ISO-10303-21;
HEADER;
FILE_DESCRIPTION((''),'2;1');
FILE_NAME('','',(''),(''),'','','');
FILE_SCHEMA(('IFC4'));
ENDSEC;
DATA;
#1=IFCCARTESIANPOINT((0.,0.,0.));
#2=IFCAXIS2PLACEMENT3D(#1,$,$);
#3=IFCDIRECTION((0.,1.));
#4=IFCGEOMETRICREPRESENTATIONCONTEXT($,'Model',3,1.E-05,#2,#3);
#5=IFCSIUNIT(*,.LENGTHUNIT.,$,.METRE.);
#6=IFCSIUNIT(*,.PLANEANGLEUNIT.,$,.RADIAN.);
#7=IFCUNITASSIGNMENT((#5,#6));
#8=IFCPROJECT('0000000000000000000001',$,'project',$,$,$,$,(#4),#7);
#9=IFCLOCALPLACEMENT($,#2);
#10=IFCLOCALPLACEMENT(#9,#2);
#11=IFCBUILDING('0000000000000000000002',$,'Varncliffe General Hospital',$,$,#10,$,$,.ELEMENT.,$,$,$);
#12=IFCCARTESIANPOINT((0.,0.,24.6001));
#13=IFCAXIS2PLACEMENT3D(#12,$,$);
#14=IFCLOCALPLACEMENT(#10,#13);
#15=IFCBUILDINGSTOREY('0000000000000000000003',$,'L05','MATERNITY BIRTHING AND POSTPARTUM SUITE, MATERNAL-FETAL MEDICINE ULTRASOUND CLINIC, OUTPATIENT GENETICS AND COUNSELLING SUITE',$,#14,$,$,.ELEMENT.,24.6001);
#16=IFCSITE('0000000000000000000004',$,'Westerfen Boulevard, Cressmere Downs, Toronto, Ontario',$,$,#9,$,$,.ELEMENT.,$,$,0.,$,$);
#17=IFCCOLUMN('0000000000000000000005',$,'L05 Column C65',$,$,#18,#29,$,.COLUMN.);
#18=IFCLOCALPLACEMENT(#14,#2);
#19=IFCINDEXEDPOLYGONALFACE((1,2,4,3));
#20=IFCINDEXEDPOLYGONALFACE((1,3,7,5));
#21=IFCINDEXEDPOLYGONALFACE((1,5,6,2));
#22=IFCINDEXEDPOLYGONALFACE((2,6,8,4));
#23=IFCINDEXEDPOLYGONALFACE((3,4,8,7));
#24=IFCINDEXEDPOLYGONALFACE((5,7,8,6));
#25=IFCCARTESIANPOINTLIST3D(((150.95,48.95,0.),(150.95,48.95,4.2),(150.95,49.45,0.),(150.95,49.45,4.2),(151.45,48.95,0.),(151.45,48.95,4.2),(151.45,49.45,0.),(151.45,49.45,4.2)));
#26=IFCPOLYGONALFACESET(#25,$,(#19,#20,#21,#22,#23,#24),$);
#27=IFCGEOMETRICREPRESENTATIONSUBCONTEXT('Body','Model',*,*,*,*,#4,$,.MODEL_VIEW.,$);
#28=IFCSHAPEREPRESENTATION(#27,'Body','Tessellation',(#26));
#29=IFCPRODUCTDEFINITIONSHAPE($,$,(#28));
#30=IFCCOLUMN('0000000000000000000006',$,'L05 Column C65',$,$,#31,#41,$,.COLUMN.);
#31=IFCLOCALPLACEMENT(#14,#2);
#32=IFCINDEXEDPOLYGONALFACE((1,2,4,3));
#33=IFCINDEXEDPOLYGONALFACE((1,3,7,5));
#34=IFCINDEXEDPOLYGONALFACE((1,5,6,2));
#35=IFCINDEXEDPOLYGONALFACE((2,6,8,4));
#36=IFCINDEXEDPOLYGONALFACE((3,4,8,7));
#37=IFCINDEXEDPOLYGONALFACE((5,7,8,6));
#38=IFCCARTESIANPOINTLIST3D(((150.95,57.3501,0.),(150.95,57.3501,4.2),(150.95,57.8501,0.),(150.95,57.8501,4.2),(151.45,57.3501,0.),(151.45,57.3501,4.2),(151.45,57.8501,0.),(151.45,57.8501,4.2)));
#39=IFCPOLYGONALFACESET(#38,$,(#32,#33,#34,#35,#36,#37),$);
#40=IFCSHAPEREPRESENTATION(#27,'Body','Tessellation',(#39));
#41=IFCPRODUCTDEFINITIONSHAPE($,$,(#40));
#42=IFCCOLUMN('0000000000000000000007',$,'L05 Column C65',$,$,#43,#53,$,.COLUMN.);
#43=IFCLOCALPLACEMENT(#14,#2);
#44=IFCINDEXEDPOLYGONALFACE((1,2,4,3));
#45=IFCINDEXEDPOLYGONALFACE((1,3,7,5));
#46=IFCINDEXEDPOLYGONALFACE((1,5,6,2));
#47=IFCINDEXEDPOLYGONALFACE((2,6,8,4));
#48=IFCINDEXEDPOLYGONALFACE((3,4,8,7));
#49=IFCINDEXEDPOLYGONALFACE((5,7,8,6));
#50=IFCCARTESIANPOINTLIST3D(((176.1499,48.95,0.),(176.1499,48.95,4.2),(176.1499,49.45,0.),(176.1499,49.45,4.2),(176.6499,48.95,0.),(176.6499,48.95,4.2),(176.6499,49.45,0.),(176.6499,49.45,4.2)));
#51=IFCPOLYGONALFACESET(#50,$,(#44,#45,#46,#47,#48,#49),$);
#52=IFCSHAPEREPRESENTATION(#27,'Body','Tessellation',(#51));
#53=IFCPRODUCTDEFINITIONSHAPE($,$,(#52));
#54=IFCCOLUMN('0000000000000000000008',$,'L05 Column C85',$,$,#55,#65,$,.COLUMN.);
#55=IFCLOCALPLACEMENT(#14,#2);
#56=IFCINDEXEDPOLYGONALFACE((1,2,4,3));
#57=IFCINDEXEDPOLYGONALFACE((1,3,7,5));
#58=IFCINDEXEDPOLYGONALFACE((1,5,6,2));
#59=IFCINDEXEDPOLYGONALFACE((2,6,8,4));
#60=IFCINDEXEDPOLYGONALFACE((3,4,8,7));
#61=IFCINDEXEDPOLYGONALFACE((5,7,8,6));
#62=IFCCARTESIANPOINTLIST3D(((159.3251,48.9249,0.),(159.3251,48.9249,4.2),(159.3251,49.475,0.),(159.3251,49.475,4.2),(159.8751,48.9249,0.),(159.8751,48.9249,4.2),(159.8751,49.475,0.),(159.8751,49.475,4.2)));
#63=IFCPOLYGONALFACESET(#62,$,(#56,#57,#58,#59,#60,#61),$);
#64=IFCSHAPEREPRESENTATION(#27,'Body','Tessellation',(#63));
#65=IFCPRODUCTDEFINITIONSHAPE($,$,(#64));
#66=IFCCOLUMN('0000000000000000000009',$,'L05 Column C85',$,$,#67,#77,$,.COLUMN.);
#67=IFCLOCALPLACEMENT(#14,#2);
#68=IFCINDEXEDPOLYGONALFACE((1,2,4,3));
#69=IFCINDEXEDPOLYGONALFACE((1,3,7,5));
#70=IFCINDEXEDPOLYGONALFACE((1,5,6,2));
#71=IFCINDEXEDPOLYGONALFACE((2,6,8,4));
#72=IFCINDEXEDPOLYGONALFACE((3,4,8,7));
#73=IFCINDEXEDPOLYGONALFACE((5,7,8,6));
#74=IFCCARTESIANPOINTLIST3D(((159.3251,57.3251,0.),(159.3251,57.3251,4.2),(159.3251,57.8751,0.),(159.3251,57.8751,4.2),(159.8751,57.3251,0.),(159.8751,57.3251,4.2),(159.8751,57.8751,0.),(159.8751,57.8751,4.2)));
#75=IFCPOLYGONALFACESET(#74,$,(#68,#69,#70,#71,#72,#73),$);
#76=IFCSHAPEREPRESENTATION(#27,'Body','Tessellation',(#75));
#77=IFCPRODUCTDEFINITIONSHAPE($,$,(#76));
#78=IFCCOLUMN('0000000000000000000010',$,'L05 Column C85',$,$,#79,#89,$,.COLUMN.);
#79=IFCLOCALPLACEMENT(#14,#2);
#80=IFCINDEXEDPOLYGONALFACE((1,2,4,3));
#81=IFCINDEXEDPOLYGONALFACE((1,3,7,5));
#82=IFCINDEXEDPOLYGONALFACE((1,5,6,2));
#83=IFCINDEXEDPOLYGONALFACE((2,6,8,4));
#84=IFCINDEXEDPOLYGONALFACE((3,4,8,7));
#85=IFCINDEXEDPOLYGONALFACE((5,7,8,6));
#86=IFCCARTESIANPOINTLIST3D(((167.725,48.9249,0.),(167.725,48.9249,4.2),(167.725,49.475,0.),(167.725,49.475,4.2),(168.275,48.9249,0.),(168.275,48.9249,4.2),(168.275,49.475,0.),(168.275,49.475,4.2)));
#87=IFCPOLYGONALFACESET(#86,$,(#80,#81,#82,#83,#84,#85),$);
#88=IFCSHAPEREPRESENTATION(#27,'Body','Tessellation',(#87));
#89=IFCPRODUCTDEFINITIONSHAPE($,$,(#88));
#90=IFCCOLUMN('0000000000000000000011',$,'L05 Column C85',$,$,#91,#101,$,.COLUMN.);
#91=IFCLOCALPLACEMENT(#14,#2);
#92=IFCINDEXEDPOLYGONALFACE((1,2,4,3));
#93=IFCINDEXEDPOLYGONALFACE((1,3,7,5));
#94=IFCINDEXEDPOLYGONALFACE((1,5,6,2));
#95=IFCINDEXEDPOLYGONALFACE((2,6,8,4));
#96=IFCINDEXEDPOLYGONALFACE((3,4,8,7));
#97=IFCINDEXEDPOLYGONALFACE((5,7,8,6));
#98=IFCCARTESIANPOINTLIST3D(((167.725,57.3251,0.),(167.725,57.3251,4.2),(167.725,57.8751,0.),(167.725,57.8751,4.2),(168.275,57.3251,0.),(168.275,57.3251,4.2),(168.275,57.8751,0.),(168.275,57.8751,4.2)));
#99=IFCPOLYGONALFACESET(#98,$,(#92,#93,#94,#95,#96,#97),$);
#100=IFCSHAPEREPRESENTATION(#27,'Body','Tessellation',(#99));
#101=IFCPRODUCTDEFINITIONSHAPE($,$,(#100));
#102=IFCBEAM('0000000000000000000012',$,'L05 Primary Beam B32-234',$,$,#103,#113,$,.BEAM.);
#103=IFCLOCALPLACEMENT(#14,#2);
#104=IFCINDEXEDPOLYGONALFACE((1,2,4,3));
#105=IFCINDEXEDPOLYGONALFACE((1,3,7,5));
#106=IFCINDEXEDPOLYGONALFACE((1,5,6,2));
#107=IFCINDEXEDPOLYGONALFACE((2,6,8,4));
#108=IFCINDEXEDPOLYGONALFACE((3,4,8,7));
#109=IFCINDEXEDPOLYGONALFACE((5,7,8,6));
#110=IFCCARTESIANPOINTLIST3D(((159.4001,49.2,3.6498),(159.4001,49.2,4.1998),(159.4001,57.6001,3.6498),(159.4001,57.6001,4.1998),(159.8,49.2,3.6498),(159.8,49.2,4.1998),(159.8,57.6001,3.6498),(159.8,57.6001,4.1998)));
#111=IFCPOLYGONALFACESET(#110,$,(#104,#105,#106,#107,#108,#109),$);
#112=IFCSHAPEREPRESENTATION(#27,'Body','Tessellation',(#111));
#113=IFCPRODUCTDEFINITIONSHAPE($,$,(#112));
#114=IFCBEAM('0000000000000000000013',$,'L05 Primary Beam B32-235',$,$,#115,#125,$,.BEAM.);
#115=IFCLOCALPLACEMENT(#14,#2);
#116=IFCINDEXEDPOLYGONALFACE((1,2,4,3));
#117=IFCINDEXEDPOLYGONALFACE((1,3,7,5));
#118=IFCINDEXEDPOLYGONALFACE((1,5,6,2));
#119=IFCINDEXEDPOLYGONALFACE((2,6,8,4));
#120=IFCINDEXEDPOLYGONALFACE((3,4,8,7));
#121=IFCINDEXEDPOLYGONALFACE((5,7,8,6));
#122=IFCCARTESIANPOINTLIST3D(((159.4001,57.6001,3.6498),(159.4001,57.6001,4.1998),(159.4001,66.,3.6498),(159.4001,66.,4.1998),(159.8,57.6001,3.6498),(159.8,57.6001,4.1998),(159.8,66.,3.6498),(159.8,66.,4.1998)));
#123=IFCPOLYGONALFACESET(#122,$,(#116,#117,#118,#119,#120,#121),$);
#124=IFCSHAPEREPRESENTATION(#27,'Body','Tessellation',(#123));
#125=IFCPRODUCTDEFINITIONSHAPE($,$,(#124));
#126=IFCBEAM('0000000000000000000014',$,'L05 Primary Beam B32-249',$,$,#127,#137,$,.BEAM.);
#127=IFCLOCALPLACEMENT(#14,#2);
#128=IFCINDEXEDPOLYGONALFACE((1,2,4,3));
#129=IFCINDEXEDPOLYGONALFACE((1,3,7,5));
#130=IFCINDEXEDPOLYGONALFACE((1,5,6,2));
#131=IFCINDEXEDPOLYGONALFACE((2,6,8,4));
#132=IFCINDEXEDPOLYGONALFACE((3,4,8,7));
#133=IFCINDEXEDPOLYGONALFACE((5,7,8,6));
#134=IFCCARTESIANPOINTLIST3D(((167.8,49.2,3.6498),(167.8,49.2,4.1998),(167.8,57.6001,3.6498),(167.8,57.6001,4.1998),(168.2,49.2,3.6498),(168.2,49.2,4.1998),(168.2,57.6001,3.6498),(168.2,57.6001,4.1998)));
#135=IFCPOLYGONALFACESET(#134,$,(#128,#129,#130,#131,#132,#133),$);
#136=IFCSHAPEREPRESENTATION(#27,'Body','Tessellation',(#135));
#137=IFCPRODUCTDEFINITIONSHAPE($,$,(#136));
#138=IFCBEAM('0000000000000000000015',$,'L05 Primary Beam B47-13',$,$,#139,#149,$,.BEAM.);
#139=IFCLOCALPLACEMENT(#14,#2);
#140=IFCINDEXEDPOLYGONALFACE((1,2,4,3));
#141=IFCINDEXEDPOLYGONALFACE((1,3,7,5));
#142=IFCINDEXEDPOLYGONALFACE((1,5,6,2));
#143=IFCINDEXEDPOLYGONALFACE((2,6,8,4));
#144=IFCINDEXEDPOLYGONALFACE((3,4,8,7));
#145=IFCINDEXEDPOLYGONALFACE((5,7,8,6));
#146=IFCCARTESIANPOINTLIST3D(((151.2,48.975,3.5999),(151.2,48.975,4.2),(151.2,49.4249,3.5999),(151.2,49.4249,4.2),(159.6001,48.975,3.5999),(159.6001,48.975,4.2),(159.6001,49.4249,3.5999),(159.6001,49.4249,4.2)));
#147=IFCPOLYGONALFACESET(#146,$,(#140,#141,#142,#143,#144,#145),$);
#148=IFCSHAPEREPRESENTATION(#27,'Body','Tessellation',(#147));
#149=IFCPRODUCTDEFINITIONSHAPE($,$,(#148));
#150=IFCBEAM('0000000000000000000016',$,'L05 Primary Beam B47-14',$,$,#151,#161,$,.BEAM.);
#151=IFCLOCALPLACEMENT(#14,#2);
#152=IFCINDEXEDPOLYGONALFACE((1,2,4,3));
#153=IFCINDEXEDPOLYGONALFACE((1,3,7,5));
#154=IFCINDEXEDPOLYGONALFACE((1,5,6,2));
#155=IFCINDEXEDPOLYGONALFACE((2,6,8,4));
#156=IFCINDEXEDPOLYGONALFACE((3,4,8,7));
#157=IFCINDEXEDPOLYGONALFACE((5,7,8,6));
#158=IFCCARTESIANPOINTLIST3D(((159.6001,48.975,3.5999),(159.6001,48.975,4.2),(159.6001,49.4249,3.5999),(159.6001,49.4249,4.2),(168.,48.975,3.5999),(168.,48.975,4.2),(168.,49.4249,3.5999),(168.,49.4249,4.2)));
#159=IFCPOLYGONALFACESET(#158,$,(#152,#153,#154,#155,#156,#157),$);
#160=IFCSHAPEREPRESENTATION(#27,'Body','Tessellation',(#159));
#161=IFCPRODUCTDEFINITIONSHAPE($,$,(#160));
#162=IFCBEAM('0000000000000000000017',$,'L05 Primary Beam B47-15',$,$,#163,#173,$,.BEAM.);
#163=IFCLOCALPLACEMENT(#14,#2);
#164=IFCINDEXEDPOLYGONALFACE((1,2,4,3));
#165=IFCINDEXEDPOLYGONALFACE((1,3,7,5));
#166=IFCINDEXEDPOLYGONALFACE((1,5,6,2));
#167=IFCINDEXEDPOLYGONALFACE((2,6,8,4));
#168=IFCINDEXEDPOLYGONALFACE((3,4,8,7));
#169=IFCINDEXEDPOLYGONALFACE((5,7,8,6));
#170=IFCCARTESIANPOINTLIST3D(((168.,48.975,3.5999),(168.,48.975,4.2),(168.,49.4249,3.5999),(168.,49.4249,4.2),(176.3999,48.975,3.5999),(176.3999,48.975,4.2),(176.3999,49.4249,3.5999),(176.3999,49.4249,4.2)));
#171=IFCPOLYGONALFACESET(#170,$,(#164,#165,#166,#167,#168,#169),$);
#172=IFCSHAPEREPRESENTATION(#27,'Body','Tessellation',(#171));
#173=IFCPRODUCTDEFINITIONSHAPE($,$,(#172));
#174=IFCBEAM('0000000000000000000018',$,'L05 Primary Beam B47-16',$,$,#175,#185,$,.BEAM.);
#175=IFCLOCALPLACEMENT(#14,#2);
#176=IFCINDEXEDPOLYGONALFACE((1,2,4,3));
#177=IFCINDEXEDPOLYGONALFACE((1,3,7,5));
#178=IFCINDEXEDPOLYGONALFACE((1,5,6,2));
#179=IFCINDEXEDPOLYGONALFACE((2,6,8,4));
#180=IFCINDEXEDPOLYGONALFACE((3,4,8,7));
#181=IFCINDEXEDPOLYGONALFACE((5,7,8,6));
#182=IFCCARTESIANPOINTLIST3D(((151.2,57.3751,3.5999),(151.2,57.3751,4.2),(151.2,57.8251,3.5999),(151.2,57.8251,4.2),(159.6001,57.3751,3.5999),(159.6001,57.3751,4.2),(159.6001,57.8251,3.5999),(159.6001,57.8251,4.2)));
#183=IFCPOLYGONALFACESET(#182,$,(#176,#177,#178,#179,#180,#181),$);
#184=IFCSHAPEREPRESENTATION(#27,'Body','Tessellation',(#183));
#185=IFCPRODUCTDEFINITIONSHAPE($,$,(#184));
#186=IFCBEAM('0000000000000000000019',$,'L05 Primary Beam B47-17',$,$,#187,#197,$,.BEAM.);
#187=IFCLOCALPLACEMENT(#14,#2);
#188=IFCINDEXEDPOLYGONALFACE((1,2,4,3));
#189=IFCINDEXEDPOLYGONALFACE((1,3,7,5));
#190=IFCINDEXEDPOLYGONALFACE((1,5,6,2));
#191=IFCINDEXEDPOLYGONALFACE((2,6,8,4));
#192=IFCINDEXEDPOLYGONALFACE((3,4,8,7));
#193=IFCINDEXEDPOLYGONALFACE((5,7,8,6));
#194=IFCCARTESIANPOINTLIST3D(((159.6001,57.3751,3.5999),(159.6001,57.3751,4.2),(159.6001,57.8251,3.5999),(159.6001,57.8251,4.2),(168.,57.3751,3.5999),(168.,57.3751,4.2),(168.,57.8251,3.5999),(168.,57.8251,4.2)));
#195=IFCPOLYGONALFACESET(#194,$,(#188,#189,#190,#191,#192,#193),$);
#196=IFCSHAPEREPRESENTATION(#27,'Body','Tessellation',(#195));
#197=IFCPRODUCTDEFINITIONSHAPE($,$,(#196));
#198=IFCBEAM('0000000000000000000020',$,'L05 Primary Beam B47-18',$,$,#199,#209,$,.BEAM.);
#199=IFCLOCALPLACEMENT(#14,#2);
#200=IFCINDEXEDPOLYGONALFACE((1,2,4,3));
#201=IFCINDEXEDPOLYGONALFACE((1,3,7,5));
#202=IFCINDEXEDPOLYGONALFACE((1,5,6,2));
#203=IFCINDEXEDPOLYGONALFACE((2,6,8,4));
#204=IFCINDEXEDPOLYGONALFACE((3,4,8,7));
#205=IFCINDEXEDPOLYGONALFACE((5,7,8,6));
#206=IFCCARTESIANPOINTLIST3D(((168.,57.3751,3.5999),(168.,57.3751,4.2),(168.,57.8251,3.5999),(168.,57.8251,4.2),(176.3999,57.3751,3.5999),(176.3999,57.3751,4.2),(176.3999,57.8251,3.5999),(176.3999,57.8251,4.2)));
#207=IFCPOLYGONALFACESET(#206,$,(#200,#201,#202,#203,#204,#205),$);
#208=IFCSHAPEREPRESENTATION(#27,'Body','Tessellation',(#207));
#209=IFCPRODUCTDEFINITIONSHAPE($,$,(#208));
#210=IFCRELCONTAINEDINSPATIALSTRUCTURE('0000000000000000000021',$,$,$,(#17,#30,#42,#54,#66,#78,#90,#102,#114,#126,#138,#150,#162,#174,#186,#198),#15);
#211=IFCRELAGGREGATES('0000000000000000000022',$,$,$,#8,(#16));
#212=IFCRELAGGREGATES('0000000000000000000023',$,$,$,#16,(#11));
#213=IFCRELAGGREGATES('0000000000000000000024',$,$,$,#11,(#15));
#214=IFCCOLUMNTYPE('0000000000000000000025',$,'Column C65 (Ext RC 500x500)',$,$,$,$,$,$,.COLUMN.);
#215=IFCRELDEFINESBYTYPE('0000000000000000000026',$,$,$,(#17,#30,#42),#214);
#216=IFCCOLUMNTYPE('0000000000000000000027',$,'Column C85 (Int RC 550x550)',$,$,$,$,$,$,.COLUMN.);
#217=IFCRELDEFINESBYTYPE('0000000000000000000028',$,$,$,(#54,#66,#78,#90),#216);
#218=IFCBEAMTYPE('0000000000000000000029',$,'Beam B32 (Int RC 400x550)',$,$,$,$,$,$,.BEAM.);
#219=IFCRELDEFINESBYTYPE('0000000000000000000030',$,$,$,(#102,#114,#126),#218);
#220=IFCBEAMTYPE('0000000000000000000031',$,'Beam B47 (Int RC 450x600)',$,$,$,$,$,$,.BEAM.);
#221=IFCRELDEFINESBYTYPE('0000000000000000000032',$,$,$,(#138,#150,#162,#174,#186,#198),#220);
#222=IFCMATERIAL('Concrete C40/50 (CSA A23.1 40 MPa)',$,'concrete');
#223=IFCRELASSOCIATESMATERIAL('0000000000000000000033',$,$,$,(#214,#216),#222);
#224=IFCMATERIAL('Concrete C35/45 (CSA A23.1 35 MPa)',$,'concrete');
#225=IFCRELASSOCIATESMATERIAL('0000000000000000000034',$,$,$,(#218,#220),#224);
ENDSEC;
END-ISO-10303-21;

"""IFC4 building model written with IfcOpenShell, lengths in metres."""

from ifc_helpers import new_model, si_unit, direction, frame, origin, origin_2d, place, context, subcontext, project, spatial, rectangle, extrude, material, material_profile, profile_set, type_object, element, save


model = new_model("IFC4")

# Units and contexts
model_context = context("Model", 3, precision=1e-05, world=origin(), true_north=direction((0.0, 1.0)))
body_context = subcontext(model_context, "Body", "Model", "MODEL_VIEW")
ifc_project = project(units=[si_unit("LENGTHUNIT", "METRE"), si_unit("PLANEANGLEUNIT", "RADIAN")], contexts=[model_context])

# Site, building, storey
site_placement = place(None, origin())
site = spatial("IfcSite", under=ifc_project, at=site_placement, Name="Westerfen Boulevard, Cressmere Downs, Toronto, Ontario", CompositionType="ELEMENT", RefElevation=0.0)
building_placement = place(site_placement, origin())
building = spatial("IfcBuilding", under=site, at=building_placement, Name="Varncliffe General Hospital", CompositionType="ELEMENT")
storey_placement = place(building_placement, frame((0.0, 0.0, 24.6001)))
storey = spatial("IfcBuildingStorey", under=building, at=storey_placement, Name="L05", Description="MATERNITY BIRTHING AND POSTPARTUM SUITE, MATERNAL-FETAL MEDICINE ULTRASOUND CLINIC, OUTPATIENT GENETICS AND COUNSELLING SUITE", CompositionType="ELEMENT", Elevation=24.6001)

# Columns
ifc_material_1 = material(Name="Concrete C40/50 (CSA A23.1 40 MPa)", Category="concrete")
ifc_material_profile_1 = material_profile(ifc_material_1, rectangle(XDim=0.5, YDim=0.5, at=origin_2d()), Name="RC 500x500")
ifc_profile_set_1 = profile_set([ifc_material_profile_1], Name="Concrete C40/50 (CSA A23.1 40 MPa)")
column_type_1 = type_object("IfcColumnType", Name="Column C65 (Ext RC 500x500)", PredefinedType="COLUMN", material=ifc_profile_set_1)
for number, where, z_axis, x_axis, name in (
    (1, (151.2, 49.2, 0.0), (0.0, 0.0, 1.0), (1.0, 0.0, 0.0), "L05 Column C65"),
    (2, (151.2, 57.6001, 0.0), (0.0, 0.0, 1.0), (1.0, 0.0, 0.0), "L05 Column C65"),
    (3, (176.3999, 49.2, 0.0), (0.0, 0.0, 1.0), (1.0, 0.0, 0.0), "L05 Column C65"),
):
    element("IfcColumn", number, at=place(storey_placement, frame(where, z_axis=z_axis, x_axis=x_axis)), inside=storey, type_object=column_type_1, Name=name, PredefinedType="COLUMN", context=body_context, shape_type="SweptSolid", body=[
        extrude(rectangle(XDim=0.5, YDim=0.5, at=origin_2d()), origin(), (0.0, 0.0, 1.0), 4.2),
    ])
ifc_material_profile_2 = material_profile(ifc_material_1, rectangle(XDim=0.55, YDim=0.55, at=origin_2d()), Name="RC 550x550")
ifc_profile_set_2 = profile_set([ifc_material_profile_2], Name="Concrete C40/50 (CSA A23.1 40 MPa)")
column_type_2 = type_object("IfcColumnType", Name="Column C85 (Int RC 550x550)", PredefinedType="COLUMN", material=ifc_profile_set_2)
for number, where, z_axis, x_axis, name in (
    (4, (159.6001, 49.2, 0.0), (0.0, 0.0, 1.0), (1.0, 0.0, 0.0), "L05 Column C85"),
    (5, (159.6001, 57.6001, 0.0), (0.0, 0.0, 1.0), (1.0, 0.0, 0.0), "L05 Column C85"),
    (6, (168.0, 49.2, 0.0), (0.0, 0.0, 1.0), (1.0, 0.0, 0.0), "L05 Column C85"),
    (7, (168.0, 57.6001, 0.0), (0.0, 0.0, 1.0), (1.0, 0.0, 0.0), "L05 Column C85"),
):
    element("IfcColumn", number, at=place(storey_placement, frame(where, z_axis=z_axis, x_axis=x_axis)), inside=storey, type_object=column_type_2, Name=name, PredefinedType="COLUMN", context=body_context, shape_type="SweptSolid", body=[
        extrude(rectangle(XDim=0.55, YDim=0.55, at=origin_2d()), origin(), (0.0, 0.0, 1.0), 4.2),
    ])

# Beams
ifc_material_2 = material(Name="Concrete C35/45 (CSA A23.1 35 MPa)", Category="concrete")
ifc_material_profile_3 = material_profile(ifc_material_2, rectangle(XDim=0.3999, YDim=0.55, at=origin_2d()), Name="RC 400x550")
ifc_profile_set_3 = profile_set([ifc_material_profile_3], Name="Concrete C35/45 (CSA A23.1 35 MPa)")
beam_type_1 = type_object("IfcBeamType", Name="Beam B32 (Int RC 400x550)", PredefinedType="BEAM", material=ifc_profile_set_3)
beam_1_placement = place(storey_placement, frame((159.6001, 49.2, 3.9248), z_axis=(0.0, 1.0, 0.0), x_axis=(-1.0, 0.0, 0.0)))
element("IfcBeam", 8, at=beam_1_placement, inside=storey, type_object=beam_type_1, Name="L05 Primary Beam B32-234", PredefinedType="BEAM", context=body_context, shape_type="SweptSolid", body=[
    extrude(rectangle(XDim=0.3999, YDim=0.55, at=origin_2d()), origin(), (0.0, 0.0, 1.0), 8.4001),
])
beam_2_placement = place(storey_placement, frame((159.6001, 57.6001, 3.9248), z_axis=(0.0, 1.0, 0.0), x_axis=(-1.0, 0.0, 0.0)))
element("IfcBeam", 9, at=beam_2_placement, inside=storey, type_object=beam_type_1, Name="L05 Primary Beam B32-235", PredefinedType="BEAM", context=body_context, shape_type="SweptSolid", body=[
    extrude(rectangle(XDim=0.3999, YDim=0.55, at=origin_2d()), origin(), (0.0, 0.0, 1.0), 8.3999),
])
beam_3_placement = place(storey_placement, frame((168.0, 49.2, 3.9248), z_axis=(0.0, 1.0, 0.0), x_axis=(-1.0, 0.0, 0.0)))
element("IfcBeam", 10, at=beam_3_placement, inside=storey, type_object=beam_type_1, Name="L05 Primary Beam B32-249", PredefinedType="BEAM", context=body_context, shape_type="SweptSolid", body=[
    extrude(rectangle(XDim=0.3999, YDim=0.55, at=origin_2d()), origin(), (0.0, 0.0, 1.0), 8.4001),
])
ifc_material_profile_4 = material_profile(ifc_material_2, rectangle(XDim=0.45, YDim=0.6001, at=origin_2d()), Name="RC 450x600")
ifc_profile_set_4 = profile_set([ifc_material_profile_4], Name="Concrete C35/45 (CSA A23.1 35 MPa)")
beam_type_2 = type_object("IfcBeamType", Name="Beam B47 (Int RC 450x600)", PredefinedType="BEAM", material=ifc_profile_set_4)
beam_4_placement = place(storey_placement, frame((151.2, 49.2, 3.8999), z_axis=(1.0, 0.0, 0.0), x_axis=(0.0, 1.0, 0.0)))
element("IfcBeam", 11, at=beam_4_placement, inside=storey, type_object=beam_type_2, Name="L05 Primary Beam B47-13", PredefinedType="BEAM", context=body_context, shape_type="SweptSolid", body=[
    extrude(rectangle(XDim=0.45, YDim=0.6001, at=origin_2d()), origin(), (0.0, 0.0, 1.0), 8.4001),
])
for number, where, z_axis, x_axis, name in (
    (12, (159.6001, 49.2, 3.8999), (1.0, 0.0, 0.0), (0.0, 1.0, 0.0), "L05 Primary Beam B47-14"),
    (13, (168.0, 49.2, 3.8999), (1.0, 0.0, 0.0), (0.0, 1.0, 0.0), "L05 Primary Beam B47-15"),
):
    element("IfcBeam", number, at=place(storey_placement, frame(where, z_axis=z_axis, x_axis=x_axis)), inside=storey, type_object=beam_type_2, Name=name, PredefinedType="BEAM", context=body_context, shape_type="SweptSolid", body=[
        extrude(rectangle(XDim=0.45, YDim=0.6001, at=origin_2d()), origin(), (0.0, 0.0, 1.0), 8.3999),
    ])
beam_5_placement = place(storey_placement, frame((151.2, 57.6001, 3.8999), z_axis=(1.0, 0.0, 0.0), x_axis=(0.0, 1.0, 0.0)))
element("IfcBeam", 14, at=beam_5_placement, inside=storey, type_object=beam_type_2, Name="L05 Primary Beam B47-16", PredefinedType="BEAM", context=body_context, shape_type="SweptSolid", body=[
    extrude(rectangle(XDim=0.45, YDim=0.6001, at=origin_2d()), origin(), (0.0, 0.0, 1.0), 8.4001),
])
for number, where, z_axis, x_axis, name in (
    (15, (159.6001, 57.6001, 3.8999), (1.0, 0.0, 0.0), (0.0, 1.0, 0.0), "L05 Primary Beam B47-17"),
    (16, (168.0, 57.6001, 3.8999), (1.0, 0.0, 0.0), (0.0, 1.0, 0.0), "L05 Primary Beam B47-18"),
):
    element("IfcBeam", number, at=place(storey_placement, frame(where, z_axis=z_axis, x_axis=x_axis)), inside=storey, type_object=beam_type_2, Name=name, PredefinedType="BEAM", context=body_context, shape_type="SweptSolid", body=[
        extrude(rectangle(XDim=0.45, YDim=0.6001, at=origin_2d()), origin(), (0.0, 0.0, 1.0), 8.3999),
    ])

save(model, "model.ifc")
